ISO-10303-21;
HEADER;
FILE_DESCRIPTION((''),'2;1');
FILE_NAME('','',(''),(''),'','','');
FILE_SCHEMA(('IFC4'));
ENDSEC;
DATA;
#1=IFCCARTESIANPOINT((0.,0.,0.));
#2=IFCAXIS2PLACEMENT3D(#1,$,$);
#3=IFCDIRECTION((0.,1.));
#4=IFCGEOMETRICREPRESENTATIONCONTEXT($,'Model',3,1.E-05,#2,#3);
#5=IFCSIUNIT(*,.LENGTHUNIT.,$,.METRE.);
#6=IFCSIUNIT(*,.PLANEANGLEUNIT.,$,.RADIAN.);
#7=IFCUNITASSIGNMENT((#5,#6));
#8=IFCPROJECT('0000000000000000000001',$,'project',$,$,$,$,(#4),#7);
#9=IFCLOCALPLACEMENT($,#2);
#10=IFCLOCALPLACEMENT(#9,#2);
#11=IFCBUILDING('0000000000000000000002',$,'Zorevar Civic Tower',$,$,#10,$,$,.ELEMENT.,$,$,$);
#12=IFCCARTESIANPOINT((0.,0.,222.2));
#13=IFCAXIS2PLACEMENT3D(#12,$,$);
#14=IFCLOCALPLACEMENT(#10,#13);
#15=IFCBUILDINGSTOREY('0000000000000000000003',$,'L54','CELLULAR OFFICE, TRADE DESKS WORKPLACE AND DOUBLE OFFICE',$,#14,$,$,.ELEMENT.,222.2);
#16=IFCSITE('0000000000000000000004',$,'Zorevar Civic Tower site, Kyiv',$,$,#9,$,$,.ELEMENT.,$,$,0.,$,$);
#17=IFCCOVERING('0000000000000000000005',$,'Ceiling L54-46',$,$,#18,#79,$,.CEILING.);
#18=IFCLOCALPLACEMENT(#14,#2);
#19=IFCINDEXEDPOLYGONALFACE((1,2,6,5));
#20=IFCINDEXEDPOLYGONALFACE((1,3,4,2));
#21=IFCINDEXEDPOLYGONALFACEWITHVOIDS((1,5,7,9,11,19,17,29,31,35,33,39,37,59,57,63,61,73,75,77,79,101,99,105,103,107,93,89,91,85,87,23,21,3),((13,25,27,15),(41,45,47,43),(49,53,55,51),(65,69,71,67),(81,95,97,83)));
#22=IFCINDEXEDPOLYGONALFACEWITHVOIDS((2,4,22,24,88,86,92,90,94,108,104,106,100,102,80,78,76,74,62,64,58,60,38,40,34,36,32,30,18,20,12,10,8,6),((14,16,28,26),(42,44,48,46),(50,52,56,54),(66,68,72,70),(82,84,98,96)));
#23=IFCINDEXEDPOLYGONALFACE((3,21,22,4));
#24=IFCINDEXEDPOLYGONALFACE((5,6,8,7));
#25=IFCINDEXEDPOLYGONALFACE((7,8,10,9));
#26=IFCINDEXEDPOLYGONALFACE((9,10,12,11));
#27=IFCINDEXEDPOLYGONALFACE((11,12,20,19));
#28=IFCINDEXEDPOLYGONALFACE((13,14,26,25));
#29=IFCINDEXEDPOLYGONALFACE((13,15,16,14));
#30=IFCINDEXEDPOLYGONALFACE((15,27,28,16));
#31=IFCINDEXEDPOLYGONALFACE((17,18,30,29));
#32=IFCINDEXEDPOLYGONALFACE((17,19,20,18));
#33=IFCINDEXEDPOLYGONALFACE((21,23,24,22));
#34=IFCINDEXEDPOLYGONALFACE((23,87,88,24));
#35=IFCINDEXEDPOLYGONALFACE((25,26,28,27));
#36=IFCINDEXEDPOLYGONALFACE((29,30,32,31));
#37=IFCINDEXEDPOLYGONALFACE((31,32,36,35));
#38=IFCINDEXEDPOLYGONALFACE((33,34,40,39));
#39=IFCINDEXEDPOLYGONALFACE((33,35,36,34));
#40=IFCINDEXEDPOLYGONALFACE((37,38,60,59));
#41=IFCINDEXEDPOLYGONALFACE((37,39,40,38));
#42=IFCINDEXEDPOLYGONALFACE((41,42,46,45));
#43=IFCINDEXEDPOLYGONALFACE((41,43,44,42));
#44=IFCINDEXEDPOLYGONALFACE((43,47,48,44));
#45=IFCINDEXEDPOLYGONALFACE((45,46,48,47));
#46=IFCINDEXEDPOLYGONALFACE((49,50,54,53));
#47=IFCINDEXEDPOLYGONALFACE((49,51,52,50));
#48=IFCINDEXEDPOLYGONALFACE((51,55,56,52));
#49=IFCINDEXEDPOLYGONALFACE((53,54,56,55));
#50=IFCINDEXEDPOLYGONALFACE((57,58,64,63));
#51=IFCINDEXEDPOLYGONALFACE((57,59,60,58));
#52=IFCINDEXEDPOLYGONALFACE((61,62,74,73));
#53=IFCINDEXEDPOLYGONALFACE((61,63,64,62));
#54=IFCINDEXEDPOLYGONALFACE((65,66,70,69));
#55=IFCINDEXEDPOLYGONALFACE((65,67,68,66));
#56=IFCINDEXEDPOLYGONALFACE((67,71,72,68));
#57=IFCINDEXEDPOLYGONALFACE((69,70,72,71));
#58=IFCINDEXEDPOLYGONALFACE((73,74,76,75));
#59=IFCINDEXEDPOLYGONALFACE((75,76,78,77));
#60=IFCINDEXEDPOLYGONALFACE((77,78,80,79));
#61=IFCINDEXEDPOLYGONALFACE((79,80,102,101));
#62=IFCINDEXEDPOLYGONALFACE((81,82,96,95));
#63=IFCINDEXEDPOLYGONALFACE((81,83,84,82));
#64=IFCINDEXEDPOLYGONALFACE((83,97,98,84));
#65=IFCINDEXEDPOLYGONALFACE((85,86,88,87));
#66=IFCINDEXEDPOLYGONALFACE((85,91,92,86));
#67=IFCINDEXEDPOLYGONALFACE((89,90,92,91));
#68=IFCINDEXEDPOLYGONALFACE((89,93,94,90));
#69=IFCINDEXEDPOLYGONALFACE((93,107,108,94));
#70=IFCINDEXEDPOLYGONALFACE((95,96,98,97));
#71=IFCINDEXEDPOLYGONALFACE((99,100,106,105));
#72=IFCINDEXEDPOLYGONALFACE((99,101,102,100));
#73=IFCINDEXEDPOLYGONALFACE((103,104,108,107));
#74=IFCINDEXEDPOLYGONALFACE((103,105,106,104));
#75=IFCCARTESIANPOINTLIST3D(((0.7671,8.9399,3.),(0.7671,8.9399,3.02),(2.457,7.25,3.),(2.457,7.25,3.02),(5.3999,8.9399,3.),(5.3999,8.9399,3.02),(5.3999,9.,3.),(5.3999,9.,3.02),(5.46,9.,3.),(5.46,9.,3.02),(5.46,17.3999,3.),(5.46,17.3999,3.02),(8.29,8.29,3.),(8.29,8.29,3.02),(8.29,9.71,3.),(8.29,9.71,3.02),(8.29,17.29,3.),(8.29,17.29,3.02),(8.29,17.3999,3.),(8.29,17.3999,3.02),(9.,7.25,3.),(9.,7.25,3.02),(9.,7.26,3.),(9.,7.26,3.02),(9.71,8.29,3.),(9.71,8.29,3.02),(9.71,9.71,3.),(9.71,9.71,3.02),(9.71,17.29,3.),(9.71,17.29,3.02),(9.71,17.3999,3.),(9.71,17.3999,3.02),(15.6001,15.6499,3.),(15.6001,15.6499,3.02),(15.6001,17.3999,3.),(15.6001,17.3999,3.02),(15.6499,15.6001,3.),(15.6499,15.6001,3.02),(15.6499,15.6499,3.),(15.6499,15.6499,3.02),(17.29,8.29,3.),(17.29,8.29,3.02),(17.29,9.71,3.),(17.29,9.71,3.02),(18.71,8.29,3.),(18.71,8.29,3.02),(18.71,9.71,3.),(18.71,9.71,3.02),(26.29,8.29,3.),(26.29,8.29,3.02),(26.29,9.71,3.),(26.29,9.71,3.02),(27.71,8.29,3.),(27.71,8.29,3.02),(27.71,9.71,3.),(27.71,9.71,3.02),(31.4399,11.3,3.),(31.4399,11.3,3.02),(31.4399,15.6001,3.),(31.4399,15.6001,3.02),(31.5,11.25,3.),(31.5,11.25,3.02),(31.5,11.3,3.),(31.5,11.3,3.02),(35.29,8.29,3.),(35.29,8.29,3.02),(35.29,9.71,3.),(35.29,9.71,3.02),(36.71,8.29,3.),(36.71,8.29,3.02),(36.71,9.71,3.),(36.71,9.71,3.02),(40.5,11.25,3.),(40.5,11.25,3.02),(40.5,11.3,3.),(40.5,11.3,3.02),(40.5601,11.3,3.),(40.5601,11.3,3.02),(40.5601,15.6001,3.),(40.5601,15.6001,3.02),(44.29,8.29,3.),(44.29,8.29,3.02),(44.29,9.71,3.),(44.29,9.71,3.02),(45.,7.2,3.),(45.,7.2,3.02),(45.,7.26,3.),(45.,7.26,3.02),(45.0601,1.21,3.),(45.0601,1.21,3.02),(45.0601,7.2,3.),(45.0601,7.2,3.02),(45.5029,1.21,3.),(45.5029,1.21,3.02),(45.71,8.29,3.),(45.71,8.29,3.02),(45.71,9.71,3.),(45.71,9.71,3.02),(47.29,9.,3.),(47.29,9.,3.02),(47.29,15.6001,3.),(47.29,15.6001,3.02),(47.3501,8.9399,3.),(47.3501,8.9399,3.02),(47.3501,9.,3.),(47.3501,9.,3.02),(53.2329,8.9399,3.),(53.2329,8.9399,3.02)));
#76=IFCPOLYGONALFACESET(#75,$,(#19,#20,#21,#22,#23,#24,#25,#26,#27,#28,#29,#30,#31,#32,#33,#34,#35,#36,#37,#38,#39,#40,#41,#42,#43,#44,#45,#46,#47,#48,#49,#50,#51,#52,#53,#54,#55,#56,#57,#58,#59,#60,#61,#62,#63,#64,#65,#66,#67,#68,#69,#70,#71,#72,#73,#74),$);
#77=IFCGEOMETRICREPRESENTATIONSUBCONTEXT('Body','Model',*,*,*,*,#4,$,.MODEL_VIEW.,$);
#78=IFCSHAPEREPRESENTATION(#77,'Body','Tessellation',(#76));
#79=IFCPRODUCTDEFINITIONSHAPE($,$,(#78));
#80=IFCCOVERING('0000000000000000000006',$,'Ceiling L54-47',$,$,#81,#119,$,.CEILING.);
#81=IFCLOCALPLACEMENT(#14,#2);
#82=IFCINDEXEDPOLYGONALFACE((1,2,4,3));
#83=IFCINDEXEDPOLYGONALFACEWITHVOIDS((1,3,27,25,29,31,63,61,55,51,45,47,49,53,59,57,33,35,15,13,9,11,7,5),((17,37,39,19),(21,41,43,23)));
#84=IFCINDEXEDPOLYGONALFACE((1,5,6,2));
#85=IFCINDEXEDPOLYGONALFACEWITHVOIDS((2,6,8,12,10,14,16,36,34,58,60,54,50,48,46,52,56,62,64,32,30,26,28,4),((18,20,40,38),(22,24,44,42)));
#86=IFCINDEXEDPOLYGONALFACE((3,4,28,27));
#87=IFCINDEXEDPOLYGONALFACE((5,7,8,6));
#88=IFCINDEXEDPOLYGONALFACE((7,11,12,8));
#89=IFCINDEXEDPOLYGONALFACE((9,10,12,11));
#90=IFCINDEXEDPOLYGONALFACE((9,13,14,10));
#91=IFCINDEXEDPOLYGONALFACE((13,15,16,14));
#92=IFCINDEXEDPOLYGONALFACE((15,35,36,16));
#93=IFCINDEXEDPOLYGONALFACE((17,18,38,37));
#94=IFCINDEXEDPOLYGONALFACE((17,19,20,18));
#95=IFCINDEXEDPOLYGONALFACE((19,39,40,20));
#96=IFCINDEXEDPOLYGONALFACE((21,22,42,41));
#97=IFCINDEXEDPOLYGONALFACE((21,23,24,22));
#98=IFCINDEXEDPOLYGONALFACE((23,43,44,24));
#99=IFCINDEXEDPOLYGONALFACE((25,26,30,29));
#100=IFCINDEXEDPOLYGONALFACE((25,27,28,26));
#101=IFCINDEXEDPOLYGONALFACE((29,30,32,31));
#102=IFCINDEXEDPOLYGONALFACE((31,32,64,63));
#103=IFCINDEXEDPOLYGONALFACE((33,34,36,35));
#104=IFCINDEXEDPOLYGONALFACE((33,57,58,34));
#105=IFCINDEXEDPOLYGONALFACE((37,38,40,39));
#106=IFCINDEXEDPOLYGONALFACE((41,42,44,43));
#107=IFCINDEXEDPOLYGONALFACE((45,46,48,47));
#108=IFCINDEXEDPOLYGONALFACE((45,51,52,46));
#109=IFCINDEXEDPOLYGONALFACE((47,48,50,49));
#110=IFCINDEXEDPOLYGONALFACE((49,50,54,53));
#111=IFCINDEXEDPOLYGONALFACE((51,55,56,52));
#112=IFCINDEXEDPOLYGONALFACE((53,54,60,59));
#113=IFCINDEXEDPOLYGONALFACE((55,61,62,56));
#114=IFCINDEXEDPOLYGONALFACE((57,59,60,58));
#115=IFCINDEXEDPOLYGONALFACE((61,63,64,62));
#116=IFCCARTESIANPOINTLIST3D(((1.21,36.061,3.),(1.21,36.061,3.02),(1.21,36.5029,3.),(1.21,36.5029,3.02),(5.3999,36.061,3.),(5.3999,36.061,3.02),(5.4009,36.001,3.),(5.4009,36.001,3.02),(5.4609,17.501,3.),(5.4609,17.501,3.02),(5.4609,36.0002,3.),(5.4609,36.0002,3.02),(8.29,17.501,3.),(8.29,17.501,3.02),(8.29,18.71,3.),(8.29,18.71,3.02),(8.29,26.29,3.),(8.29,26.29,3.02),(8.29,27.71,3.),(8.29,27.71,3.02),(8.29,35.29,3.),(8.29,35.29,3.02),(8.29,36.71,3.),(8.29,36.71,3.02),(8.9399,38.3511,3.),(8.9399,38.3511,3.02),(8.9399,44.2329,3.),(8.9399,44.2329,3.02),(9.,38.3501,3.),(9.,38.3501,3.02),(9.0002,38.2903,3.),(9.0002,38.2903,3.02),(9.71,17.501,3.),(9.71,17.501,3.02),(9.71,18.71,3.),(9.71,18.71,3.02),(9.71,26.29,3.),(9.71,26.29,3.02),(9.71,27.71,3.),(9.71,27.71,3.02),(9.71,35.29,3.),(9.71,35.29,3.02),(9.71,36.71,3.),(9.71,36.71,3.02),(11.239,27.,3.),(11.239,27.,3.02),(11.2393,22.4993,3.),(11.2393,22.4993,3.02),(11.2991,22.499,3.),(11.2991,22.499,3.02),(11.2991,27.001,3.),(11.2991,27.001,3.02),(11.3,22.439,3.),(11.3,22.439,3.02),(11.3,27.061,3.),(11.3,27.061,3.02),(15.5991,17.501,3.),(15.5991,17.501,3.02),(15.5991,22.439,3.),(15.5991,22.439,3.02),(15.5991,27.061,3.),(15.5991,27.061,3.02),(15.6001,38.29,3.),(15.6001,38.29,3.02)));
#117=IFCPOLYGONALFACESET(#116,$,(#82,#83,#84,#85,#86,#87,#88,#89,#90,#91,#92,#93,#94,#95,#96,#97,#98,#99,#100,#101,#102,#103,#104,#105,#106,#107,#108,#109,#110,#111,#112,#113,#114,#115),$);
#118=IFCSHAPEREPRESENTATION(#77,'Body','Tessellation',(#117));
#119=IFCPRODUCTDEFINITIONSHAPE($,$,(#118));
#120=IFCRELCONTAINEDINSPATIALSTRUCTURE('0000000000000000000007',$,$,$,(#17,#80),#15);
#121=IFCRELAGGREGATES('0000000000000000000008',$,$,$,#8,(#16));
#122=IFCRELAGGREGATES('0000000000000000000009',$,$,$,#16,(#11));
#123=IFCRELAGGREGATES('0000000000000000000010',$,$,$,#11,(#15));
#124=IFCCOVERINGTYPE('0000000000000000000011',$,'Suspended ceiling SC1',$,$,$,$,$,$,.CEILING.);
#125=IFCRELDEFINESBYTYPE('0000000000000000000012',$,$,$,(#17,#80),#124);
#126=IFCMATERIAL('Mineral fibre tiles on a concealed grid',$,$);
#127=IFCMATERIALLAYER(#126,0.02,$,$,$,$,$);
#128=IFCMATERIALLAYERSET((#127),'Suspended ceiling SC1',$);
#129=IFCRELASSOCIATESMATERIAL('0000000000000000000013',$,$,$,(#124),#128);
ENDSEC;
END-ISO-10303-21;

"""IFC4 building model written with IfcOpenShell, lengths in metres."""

from ifc_helpers import new_model, si_unit, direction, frame, origin, place, context, subcontext, project, spatial, polyline, outline, extrude, material, layer, layer_set, type_object, element, save


model = new_model("IFC4")

# Units and contexts
model_context = context("Model", 3, precision=1e-05, world=origin(), true_north=direction((0.0, 1.0)))
body_context = subcontext(model_context, "Body", "Model", "MODEL_VIEW")
ifc_project = project(units=[si_unit("LENGTHUNIT", "METRE"), si_unit("PLANEANGLEUNIT", "RADIAN")], contexts=[model_context])

# Site, building, storey
site_placement = place(None, origin())
site = spatial("IfcSite", under=ifc_project, at=site_placement, Name="Zorevar Civic Tower site, Kyiv", CompositionType="ELEMENT", RefElevation=0.0)
building_placement = place(site_placement, origin())
building = spatial("IfcBuilding", under=site, at=building_placement, Name="Zorevar Civic Tower", CompositionType="ELEMENT")
storey_placement = place(building_placement, frame((0.0, 0.0, 222.2)))
storey = spatial("IfcBuildingStorey", under=building, at=storey_placement, Name="L54", Description="CELLULAR OFFICE, TRADE DESKS WORKPLACE AND DOUBLE OFFICE", CompositionType="ELEMENT", Elevation=222.2)

# Coverings
ifc_material_1 = material(Name="Mineral fibre tiles on a concealed grid")
ifc_layer_1 = layer(ifc_material_1, 0.02)
ifc_layer_set_1 = layer_set([ifc_layer_1], Name="Suspended ceiling SC1")
covering_type_1 = type_object("IfcCoveringType", Name="Suspended ceiling SC1", PredefinedType="CEILING", material=ifc_layer_set_1)
covering_1_placement = place(storey_placement, frame((0.0, 0.0, 3.0)))
element("IfcCovering", 1, at=covering_1_placement, inside=storey, type_object=covering_type_1, Name="Ceiling L54-46", PredefinedType="CEILING", context=body_context, shape_type="SweptSolid", body=[
    extrude(outline(polyline([(40.5601, 11.3), (40.5601, 15.6001), (47.29, 15.6001), (47.29, 9.0), (47.3501, 9.0), (47.3501, 8.9399), (53.2329, 8.9399), (45.5029, 1.21), (45.0601, 1.21), (45.0601, 7.2), (45.0, 7.2), (45.0, 7.26), (9.0, 7.26), (9.0, 7.25), (2.457, 7.25), (0.7671, 8.9399), (5.3999, 8.9399), (5.3999, 9.0), (5.46, 9.0), (5.46, 17.3999), (8.29, 17.3999), (8.29, 17.29), (9.71, 17.29), (9.71, 17.3999), (15.6001, 17.3999), (15.6001, 15.6499), (15.6499, 15.6499), (15.6499, 15.6001), (31.4399, 15.6001), (31.4399, 11.3), (31.5, 11.3), (31.5, 11.25), (40.5, 11.25), (40.5, 11.3), (40.5601, 11.3)]), holes=[polyline([(8.29, 9.71), (8.29, 8.29), (9.71, 8.29), (9.71, 9.71), (8.29, 9.71)]), polyline([(18.71, 8.29), (18.71, 9.71), (17.29, 9.71), (17.29, 8.29), (18.71, 8.29)]), polyline([(26.29, 8.29), (27.71, 8.29), (27.71, 9.71), (26.29, 9.71), (26.29, 8.29)]), polyline([(35.29, 9.71), (35.29, 8.29), (36.71, 8.29), (36.71, 9.71), (35.29, 9.71)]), polyline([(45.71, 8.29), (45.71, 9.71), (44.29, 9.71), (44.29, 8.29), (45.71, 8.29)])]), origin(), (0.0, 0.0, 1.0), 0.02),
])
covering_2_placement = place(storey_placement, frame((0.0, 0.0, 3.0)))
element("IfcCovering", 2, at=covering_2_placement, inside=storey, type_object=covering_type_1, Name="Ceiling L54-47", PredefinedType="CEILING", context=body_context, shape_type="SweptSolid", body=[
    extrude(outline(polyline([(8.9399, 38.3511), (9.0, 38.3501), (9.0002, 38.2903), (15.6001, 38.29), (15.5991, 27.061), (11.3, 27.061), (11.2991, 27.001), (11.239, 27.0), (11.2393, 22.4993), (11.2991, 22.499), (11.3, 22.439), (15.5991, 22.439), (15.5991, 17.501), (9.71, 17.501), (9.71, 18.71), (8.29, 18.71), (8.29, 17.501), (5.4609, 17.501), (5.4609, 36.0002), (5.4009, 36.001), (5.3999, 36.061), (1.21, 36.061), (1.21, 36.5029), (8.9399, 44.2329), (8.9399, 38.3511)]), holes=[polyline([(9.71, 26.29), (9.71, 27.71), (8.29, 27.71), (8.29, 26.29), (9.71, 26.29)]), polyline([(8.29, 35.29), (9.71, 35.29), (9.71, 36.71), (8.29, 36.71), (8.29, 35.29)])]), origin(), (0.0, 0.0, 1.0), 0.02),
])

save(model, "model.ifc")
